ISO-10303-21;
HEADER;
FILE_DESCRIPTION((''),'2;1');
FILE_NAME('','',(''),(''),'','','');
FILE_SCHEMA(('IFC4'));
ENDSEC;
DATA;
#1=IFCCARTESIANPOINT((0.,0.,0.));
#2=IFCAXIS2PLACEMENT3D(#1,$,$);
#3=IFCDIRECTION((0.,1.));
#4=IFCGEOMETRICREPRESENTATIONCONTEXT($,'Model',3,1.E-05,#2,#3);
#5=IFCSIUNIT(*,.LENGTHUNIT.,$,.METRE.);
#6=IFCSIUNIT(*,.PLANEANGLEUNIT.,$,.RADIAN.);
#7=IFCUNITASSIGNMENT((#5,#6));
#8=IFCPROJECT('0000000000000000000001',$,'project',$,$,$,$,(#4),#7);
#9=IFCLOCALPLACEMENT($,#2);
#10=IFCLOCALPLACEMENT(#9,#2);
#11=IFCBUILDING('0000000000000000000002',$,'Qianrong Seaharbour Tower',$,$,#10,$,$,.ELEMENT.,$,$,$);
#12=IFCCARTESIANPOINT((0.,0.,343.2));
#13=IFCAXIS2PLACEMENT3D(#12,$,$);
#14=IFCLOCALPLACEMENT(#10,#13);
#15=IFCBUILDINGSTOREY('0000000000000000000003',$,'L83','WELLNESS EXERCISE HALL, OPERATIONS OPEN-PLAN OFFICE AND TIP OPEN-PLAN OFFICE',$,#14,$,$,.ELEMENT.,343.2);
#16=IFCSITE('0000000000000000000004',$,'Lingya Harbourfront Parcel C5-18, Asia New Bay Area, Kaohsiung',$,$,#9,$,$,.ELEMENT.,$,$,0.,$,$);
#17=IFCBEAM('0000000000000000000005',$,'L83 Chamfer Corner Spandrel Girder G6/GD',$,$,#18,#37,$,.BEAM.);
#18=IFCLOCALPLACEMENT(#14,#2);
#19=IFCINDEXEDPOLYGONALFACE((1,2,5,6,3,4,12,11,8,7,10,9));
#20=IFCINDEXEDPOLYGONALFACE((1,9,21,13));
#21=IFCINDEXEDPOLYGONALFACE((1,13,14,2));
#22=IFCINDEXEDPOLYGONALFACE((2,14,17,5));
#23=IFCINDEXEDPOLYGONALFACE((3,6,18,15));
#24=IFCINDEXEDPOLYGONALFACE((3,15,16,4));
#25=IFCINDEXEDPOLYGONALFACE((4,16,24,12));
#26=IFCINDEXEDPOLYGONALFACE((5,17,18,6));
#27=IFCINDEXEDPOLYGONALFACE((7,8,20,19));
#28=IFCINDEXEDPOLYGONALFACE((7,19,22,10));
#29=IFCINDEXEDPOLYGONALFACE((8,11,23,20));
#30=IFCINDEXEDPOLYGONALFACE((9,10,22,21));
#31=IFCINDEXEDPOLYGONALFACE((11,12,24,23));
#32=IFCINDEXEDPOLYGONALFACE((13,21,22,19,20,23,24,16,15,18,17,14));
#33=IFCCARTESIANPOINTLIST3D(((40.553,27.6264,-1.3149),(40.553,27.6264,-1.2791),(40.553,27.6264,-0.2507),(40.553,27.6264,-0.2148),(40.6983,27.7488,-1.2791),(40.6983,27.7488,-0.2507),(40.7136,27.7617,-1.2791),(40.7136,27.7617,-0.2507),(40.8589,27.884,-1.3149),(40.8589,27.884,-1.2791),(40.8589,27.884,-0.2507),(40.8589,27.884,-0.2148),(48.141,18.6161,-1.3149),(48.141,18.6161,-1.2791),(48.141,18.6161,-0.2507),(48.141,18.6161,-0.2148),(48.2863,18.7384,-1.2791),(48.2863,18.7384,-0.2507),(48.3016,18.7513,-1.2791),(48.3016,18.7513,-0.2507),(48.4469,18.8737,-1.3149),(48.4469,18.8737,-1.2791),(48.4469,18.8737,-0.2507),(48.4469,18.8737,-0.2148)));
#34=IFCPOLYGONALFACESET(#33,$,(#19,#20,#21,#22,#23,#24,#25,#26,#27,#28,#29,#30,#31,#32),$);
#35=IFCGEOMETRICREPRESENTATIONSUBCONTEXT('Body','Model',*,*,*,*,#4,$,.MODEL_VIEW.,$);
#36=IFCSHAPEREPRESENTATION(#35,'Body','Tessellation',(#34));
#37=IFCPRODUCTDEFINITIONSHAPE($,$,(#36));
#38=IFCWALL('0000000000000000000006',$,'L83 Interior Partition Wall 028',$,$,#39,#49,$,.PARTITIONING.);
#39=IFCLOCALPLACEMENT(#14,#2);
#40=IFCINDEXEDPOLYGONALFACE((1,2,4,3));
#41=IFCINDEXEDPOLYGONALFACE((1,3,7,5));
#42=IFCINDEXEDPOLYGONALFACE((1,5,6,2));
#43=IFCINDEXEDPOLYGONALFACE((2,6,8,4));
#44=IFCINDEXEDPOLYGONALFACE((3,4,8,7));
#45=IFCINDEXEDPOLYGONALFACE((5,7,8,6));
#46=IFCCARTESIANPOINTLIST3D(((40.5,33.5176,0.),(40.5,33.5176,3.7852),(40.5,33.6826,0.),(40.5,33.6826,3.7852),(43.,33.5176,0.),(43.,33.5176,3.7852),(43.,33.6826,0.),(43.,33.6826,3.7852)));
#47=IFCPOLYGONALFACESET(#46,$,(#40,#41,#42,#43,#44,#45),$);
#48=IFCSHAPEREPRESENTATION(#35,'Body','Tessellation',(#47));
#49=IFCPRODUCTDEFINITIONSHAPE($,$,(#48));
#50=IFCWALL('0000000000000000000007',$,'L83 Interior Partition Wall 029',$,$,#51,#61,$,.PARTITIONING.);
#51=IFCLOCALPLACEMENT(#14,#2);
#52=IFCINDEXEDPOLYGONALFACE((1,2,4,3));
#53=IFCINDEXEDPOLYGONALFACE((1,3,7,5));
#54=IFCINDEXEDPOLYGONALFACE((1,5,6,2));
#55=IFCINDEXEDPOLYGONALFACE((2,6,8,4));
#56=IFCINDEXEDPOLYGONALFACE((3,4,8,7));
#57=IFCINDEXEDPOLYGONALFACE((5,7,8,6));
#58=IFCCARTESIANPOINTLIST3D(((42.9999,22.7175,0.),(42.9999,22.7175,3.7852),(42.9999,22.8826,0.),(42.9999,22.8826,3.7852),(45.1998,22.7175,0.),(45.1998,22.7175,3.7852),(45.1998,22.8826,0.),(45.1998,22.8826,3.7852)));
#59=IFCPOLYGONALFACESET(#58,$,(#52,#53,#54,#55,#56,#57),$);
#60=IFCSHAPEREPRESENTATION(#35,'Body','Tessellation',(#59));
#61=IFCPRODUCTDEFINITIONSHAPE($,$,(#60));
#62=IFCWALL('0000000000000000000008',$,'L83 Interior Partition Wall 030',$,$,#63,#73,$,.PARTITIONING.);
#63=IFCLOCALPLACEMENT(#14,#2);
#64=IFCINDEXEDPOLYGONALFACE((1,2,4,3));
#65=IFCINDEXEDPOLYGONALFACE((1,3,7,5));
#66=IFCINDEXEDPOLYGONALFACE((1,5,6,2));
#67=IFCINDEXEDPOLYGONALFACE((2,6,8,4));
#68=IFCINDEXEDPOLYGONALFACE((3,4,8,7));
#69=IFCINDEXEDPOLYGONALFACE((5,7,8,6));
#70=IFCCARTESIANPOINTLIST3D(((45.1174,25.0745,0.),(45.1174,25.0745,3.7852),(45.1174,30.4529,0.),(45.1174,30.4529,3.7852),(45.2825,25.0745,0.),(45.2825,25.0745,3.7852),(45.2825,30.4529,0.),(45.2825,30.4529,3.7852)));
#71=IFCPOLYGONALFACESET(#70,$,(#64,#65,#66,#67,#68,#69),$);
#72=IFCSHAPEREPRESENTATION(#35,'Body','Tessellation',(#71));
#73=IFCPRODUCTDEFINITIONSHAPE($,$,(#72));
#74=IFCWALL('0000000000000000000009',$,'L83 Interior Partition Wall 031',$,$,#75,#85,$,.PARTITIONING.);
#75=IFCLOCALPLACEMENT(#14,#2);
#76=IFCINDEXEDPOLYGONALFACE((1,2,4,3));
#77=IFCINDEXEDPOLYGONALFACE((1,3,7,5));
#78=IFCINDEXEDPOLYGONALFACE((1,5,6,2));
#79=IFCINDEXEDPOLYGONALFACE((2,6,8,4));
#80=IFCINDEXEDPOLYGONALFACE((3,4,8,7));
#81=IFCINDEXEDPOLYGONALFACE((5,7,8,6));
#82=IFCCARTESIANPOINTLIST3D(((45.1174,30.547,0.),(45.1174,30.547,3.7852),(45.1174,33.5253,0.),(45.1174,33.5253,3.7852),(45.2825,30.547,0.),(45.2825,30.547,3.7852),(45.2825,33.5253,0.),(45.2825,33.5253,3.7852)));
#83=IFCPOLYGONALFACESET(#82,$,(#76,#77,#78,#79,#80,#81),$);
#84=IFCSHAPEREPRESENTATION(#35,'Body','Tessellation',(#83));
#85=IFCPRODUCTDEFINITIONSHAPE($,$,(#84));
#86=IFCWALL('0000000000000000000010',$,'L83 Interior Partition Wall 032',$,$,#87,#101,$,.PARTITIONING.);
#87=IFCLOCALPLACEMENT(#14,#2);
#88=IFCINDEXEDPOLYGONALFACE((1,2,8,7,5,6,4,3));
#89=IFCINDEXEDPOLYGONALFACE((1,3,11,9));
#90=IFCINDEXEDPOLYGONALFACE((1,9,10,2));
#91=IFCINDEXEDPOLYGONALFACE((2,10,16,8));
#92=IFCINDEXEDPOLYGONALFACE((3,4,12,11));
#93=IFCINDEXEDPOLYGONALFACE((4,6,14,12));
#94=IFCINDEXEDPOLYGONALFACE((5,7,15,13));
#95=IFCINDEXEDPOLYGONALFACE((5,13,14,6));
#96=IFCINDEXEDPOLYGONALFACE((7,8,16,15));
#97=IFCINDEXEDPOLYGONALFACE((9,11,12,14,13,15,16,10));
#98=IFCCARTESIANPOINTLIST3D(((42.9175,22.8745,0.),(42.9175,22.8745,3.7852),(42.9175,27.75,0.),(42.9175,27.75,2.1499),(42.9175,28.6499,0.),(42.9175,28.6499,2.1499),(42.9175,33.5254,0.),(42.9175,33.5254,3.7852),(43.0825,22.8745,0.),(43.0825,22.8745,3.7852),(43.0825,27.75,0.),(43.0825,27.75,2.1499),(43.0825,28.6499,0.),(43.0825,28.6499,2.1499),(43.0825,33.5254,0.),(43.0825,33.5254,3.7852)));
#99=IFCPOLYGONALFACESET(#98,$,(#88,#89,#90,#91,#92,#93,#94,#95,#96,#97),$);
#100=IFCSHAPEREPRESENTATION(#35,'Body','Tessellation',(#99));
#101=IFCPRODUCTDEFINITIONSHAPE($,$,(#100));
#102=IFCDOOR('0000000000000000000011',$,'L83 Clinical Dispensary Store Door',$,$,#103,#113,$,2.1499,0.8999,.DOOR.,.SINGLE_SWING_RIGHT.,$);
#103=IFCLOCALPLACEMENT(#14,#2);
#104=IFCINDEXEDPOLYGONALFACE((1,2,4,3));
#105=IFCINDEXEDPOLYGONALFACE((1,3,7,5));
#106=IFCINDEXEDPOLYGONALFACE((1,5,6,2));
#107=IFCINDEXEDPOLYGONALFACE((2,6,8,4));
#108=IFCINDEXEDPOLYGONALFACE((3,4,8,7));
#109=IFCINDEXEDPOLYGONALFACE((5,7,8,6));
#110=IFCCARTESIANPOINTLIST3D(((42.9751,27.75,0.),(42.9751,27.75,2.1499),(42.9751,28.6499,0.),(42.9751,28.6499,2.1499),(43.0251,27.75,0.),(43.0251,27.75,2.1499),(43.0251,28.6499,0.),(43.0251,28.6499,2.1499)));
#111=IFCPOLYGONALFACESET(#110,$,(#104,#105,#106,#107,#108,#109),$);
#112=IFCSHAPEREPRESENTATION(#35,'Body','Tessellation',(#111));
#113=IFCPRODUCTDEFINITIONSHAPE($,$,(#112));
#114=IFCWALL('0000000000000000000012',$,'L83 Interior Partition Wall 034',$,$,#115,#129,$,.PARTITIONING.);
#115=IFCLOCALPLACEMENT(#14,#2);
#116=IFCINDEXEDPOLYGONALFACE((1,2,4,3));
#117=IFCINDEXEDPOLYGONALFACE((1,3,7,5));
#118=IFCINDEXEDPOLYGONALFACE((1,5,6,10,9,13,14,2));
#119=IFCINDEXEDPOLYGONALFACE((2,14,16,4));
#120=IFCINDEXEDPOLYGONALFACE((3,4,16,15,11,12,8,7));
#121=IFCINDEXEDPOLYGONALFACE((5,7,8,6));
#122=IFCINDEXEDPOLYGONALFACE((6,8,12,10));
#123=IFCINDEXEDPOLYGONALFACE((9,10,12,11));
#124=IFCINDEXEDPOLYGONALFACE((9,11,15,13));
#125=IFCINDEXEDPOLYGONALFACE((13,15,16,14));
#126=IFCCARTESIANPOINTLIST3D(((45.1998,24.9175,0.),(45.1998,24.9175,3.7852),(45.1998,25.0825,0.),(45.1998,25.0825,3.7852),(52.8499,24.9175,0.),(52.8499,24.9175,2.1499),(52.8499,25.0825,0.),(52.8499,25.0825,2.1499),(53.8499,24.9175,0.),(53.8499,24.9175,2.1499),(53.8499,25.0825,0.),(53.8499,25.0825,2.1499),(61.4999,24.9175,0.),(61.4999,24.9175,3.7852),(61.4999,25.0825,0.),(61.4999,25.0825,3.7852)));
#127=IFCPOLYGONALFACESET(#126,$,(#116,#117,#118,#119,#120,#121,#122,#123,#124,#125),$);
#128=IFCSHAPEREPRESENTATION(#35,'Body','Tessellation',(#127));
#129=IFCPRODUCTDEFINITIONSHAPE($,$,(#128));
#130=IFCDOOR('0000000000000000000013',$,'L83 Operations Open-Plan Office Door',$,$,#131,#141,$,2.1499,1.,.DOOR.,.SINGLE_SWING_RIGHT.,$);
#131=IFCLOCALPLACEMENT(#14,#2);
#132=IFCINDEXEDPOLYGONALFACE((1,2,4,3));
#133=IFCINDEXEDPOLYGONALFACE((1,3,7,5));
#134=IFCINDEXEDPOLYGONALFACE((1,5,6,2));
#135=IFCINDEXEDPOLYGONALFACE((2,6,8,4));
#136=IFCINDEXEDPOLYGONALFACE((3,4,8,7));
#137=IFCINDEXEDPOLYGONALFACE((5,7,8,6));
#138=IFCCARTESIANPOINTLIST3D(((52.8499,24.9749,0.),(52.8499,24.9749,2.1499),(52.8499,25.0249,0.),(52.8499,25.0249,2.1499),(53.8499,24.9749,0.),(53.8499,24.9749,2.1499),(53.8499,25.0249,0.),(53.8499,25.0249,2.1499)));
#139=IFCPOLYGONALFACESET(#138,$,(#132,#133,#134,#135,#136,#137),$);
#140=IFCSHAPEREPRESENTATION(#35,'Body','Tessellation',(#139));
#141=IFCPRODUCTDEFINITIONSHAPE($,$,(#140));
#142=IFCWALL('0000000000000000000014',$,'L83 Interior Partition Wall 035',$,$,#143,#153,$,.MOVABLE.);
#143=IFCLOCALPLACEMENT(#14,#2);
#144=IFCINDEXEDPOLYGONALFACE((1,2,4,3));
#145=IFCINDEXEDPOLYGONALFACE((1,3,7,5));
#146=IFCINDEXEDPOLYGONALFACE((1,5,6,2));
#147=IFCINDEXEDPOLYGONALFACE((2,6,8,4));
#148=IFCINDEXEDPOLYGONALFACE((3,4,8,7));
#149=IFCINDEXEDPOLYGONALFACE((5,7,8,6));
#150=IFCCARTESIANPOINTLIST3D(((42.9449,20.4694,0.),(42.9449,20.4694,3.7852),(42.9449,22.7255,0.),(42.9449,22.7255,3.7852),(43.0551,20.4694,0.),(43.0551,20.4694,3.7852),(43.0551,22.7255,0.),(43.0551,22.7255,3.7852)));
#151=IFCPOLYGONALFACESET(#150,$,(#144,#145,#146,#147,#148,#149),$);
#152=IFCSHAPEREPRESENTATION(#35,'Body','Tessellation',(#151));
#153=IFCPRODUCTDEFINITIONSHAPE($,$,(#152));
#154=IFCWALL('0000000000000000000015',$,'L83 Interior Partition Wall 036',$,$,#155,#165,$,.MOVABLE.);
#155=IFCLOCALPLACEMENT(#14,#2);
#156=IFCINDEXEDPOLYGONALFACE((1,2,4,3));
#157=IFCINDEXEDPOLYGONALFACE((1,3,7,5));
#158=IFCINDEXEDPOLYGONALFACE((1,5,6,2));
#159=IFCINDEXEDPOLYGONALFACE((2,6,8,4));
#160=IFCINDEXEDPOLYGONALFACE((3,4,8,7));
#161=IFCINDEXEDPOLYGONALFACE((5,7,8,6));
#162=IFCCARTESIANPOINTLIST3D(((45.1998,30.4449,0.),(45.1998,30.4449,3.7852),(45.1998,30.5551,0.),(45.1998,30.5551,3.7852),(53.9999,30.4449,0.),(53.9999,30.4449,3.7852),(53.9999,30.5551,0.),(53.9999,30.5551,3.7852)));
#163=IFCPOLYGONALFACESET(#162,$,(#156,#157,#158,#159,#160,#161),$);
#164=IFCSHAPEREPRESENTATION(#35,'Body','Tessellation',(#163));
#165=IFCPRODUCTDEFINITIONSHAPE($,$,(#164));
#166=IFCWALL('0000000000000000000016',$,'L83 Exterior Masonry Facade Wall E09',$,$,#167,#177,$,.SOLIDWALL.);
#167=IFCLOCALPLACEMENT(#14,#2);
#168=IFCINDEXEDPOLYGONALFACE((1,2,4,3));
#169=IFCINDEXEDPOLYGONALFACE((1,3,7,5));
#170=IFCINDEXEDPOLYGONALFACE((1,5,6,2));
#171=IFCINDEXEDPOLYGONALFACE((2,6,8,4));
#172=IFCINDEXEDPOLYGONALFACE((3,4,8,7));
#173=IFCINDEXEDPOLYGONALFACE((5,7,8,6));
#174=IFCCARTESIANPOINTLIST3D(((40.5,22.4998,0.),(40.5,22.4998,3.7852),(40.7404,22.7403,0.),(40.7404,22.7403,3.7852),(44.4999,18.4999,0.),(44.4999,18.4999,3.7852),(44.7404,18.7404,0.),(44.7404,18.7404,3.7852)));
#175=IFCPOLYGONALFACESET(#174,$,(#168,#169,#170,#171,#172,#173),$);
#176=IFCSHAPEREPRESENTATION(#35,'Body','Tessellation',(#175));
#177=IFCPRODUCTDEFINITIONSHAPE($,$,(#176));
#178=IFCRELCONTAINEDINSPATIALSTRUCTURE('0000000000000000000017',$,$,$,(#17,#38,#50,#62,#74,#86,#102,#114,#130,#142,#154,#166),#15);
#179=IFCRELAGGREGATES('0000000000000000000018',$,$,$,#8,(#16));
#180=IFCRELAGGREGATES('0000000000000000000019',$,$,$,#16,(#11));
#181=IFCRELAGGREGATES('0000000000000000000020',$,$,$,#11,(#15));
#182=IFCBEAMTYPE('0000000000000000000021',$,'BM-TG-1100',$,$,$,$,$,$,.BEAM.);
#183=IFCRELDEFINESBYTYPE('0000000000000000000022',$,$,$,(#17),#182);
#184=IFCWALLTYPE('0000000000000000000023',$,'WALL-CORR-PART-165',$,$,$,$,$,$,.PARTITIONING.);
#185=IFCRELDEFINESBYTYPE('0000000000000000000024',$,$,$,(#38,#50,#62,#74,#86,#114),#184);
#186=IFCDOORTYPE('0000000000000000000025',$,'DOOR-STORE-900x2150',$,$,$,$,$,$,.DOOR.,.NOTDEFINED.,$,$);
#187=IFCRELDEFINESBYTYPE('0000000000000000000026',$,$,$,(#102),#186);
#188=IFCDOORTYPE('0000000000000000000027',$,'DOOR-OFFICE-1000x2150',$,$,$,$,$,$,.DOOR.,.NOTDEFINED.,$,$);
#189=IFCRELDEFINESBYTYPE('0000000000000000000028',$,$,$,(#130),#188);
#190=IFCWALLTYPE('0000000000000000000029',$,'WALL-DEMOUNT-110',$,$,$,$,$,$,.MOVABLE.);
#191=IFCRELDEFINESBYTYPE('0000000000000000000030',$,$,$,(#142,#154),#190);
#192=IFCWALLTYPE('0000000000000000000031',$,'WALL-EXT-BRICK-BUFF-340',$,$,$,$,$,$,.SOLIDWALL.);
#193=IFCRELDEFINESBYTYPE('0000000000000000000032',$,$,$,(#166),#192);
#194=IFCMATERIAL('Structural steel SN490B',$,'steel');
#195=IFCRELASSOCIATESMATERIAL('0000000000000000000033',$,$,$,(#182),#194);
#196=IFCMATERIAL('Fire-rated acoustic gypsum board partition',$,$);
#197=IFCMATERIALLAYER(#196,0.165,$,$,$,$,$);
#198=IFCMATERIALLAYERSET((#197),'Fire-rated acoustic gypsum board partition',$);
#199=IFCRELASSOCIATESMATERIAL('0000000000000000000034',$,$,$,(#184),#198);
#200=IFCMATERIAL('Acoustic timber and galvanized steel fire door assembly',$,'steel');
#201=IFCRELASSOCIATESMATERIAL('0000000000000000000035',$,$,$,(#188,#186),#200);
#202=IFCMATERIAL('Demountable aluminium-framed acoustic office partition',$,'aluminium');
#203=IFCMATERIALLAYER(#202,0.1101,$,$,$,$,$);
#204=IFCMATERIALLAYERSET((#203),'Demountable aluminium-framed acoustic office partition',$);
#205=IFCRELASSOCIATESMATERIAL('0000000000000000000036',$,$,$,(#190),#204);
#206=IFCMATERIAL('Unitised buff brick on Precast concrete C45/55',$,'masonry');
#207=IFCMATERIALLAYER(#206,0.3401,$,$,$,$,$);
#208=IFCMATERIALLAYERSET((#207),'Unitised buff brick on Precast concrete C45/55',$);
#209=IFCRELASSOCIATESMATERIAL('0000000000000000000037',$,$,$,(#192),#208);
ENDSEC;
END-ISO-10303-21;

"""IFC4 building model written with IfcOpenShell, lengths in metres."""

from ifc_helpers import new_model, si_unit, direction, frame, frame_2d, origin, origin_2d, place, context, subcontext, project, spatial, rectangle, i_section, extrude, material, layer, layer_set, material_profile, profile_set, type_object, element, fill, save


model = new_model("IFC4")

# Units and contexts
model_context = context("Model", 3, precision=1e-05, world=origin(), true_north=direction((0.0, 1.0)))
body_context = subcontext(model_context, "Body", "Model", "MODEL_VIEW")
ifc_project = project(units=[si_unit("LENGTHUNIT", "METRE"), si_unit("PLANEANGLEUNIT", "RADIAN")], contexts=[model_context])

# Site, building, storey
site_placement = place(None, origin())
site = spatial("IfcSite", under=ifc_project, at=site_placement, Name="Lingya Harbourfront Parcel C5-18, Asia New Bay Area, Kaohsiung", CompositionType="ELEMENT", RefElevation=0.0)
building_placement = place(site_placement, origin())
building = spatial("IfcBuilding", under=site, at=building_placement, Name="Qianrong Seaharbour Tower", CompositionType="ELEMENT")
storey_placement = place(building_placement, frame((0.0, 0.0, 343.2)))
storey = spatial("IfcBuildingStorey", under=building, at=storey_placement, Name="L83", Description="WELLNESS EXERCISE HALL, OPERATIONS OPEN-PLAN OFFICE AND TIP OPEN-PLAN OFFICE", CompositionType="ELEMENT", Elevation=343.2)

# Beam
ifc_material_1 = material(Name="Structural steel SN490B", Category="steel")
ifc_material_profile_1 = material_profile(ifc_material_1, i_section(OverallWidth=0.3999, OverallDepth=1.1001, WebThickness=0.02, FlangeThickness=0.0359, at=origin_2d()), Name="BH1100x400x20x36")
ifc_profile_set_1 = profile_set([ifc_material_profile_1], Name="Structural steel SN490B")
beam_type_1 = type_object("IfcBeamType", Name="BM-TG-1100", PredefinedType="BEAM", material=ifc_profile_set_1)
beam_1_placement = place(storey_placement, frame((48.2939, 18.7449, -0.7649), z_axis=(-0.644151, 0.764898, 0.0), x_axis=(-0.764898, -0.644151, 0.0)))
element("IfcBeam", 1, at=beam_1_placement, inside=storey, type_object=beam_type_1, Name="L83 Chamfer Corner Spandrel Girder G6/GD", PredefinedType="BEAM", context=body_context, shape_type="SweptSolid", body=[
    extrude(i_section(OverallWidth=0.3999, OverallDepth=1.1001, WebThickness=0.02, FlangeThickness=0.0359, at=origin_2d()), origin(), (0.0, 0.0, 1.0), 11.7798),
])

# Shared definitions
ifc_material_2 = material(Name="Fire-rated acoustic gypsum board partition")
ifc_layer_1 = layer(ifc_material_2, 0.165)
ifc_layer_set_1 = layer_set([ifc_layer_1], Name="Fire-rated acoustic gypsum board partition")
wall_type_1 = type_object("IfcWallType", Name="WALL-CORR-PART-165", PredefinedType="PARTITIONING", material=ifc_layer_set_1)
ifc_material_3 = material(Name="Acoustic timber and galvanized steel fire door assembly", Category="steel")
door_type_1 = type_object("IfcDoorType", Name="DOOR-OFFICE-1000x2150", OperationType="NOTDEFINED", PredefinedType="DOOR", material=ifc_material_3)

# Walls
wall_1_placement = place(storey_placement, frame((43.0, 33.6001, 0.0), z_axis=(0.0, 0.0, 1.0), x_axis=(-1.0, 0.0, 0.0)))
element("IfcWall", 2, at=wall_1_placement, inside=storey, type_object=wall_type_1, Name="L83 Interior Partition Wall 028", PredefinedType="PARTITIONING", context=body_context, shape_type="SweptSolid", body=[
    extrude(rectangle(XDim=2.5, YDim=0.165, at=frame_2d((1.25, 0.0))), origin(), (0.0, 0.0, 1.0), 3.7852),
])
wall_2_placement = place(storey_placement, frame((45.2, 22.8, 0.0), z_axis=(0.0, 0.0, 1.0), x_axis=(-1.0, 0.0, 0.0)))
element("IfcWall", 3, at=wall_2_placement, inside=storey, type_object=wall_type_1, Name="L83 Interior Partition Wall 029", PredefinedType="PARTITIONING", context=body_context, shape_type="SweptSolid", body=[
    extrude(rectangle(XDim=2.2, YDim=0.165, at=frame_2d((1.1001, 0.0))), origin(), (0.0, 0.0, 1.0), 3.7852),
])
wall_3_placement = place(storey_placement, frame((45.2, 30.4529, 0.0), z_axis=(0.0, 0.0, 1.0), x_axis=(0.0, -1.0, 0.0)))
element("IfcWall", 4, at=wall_3_placement, inside=storey, type_object=wall_type_1, Name="L83 Interior Partition Wall 030", PredefinedType="PARTITIONING", context=body_context, shape_type="SweptSolid", body=[
    extrude(rectangle(XDim=5.3784, YDim=0.165, at=frame_2d((2.6892, 0.0))), origin(), (0.0, 0.0, 1.0), 3.7852),
])
wall_4_placement = place(storey_placement, frame((45.2, 33.5254, 0.0), z_axis=(0.0, 0.0, 1.0), x_axis=(0.0, -1.0, 0.0)))
element("IfcWall", 5, at=wall_4_placement, inside=storey, type_object=wall_type_1, Name="L83 Interior Partition Wall 031", PredefinedType="PARTITIONING", context=body_context, shape_type="SweptSolid", body=[
    extrude(rectangle(XDim=2.9783, YDim=0.165, at=frame_2d((1.4893, 0.0))), origin(), (0.0, 0.0, 1.0), 3.7852),
])

# Walls, openings, doors
wall_5_placement = place(storey_placement, frame((43.0, 22.8745, 0.0), z_axis=(0.0, 0.0, 1.0), x_axis=(0.0, 1.0, 0.0)))
wall_5 = element("IfcWall", 6, at=wall_5_placement, inside=storey, type_object=wall_type_1, Name="L83 Interior Partition Wall 032", PredefinedType="PARTITIONING", context=body_context, shape_type="SweptSolid", body=[
    extrude(rectangle(XDim=10.6509, YDim=0.165, at=frame_2d((5.3254, 0.0))), origin(), (0.0, 0.0, 1.0), 3.7852),
])
opening_1_placement = place(wall_5_placement, frame((4.8755, 0.0, 0.0)))
opening_1 = element("IfcOpeningElement", 7, at=opening_1_placement, cuts=wall_5, PredefinedType="OPENING", context=body_context, shape_type="SweptSolid", body=[
    extrude(rectangle(XDim=0.8999, YDim=2.1499, at=frame_2d((0.45, 1.075))), frame((0.0, 0.0925, 0.0), z_axis=(0.0, -1.0, 0.0), x_axis=(1.0, 0.0, 0.0)), (0.0, 0.0, 1.0), 0.1851),
])
door_type_2 = type_object("IfcDoorType", Name="DOOR-STORE-900x2150", OperationType="NOTDEFINED", PredefinedType="DOOR", material=ifc_material_3)
door_1_placement = place(opening_1_placement, origin())
door_1 = element("IfcDoor", 8, at=door_1_placement, inside=storey, type_object=door_type_2, Name="L83 Clinical Dispensary Store Door", OperationType="SINGLE_SWING_RIGHT", OverallHeight=2.1499, OverallWidth=0.8999, PredefinedType="DOOR", context=body_context, shape_type="SweptSolid", body=[
    extrude(rectangle(XDim=0.8999, YDim=2.1499, at=frame_2d((0.45, 1.075))), frame((0.0, 0.0249, 0.0), z_axis=(0.0, -1.0, 0.0), x_axis=(1.0, 0.0, 0.0)), (0.0, 0.0, 1.0), 0.05),
])
fill(opening_1, door_1)
wall_6_placement = place(storey_placement, frame((45.2, 25.0, 0.0), z_axis=(0.0, 0.0, 1.0), x_axis=(1.0, 0.0, 0.0)))
wall_6 = element("IfcWall", 9, at=wall_6_placement, inside=storey, type_object=wall_type_1, Name="L83 Interior Partition Wall 034", PredefinedType="PARTITIONING", context=body_context, shape_type="SweptSolid", body=[
    extrude(rectangle(XDim=16.3, YDim=0.165, at=frame_2d((8.1499, 0.0))), origin(), (0.0, 0.0, 1.0), 3.7852),
])
opening_2_placement = place(wall_6_placement, frame((7.6499, 0.0, 0.0)))
opening_2 = element("IfcOpeningElement", 10, at=opening_2_placement, cuts=wall_6, PredefinedType="OPENING", context=body_context, shape_type="SweptSolid", body=[
    extrude(rectangle(XDim=1.0, YDim=2.1499, at=frame_2d((0.5, 1.075))), frame((0.0, 0.0925, 0.0), z_axis=(0.0, -1.0, 0.0), x_axis=(1.0, 0.0, 0.0)), (0.0, 0.0, 1.0), 0.1851),
])
door_2_placement = place(opening_2_placement, origin())
door_2 = element("IfcDoor", 11, at=door_2_placement, inside=storey, type_object=door_type_1, Name="L83 Operations Open-Plan Office Door", OperationType="SINGLE_SWING_RIGHT", OverallHeight=2.1499, OverallWidth=1.0, PredefinedType="DOOR", context=body_context, shape_type="SweptSolid", body=[
    extrude(rectangle(XDim=1.0, YDim=2.1499, at=frame_2d((0.5, 1.075))), frame((0.0, 0.0249, 0.0), z_axis=(0.0, -1.0, 0.0), x_axis=(1.0, 0.0, 0.0)), (0.0, 0.0, 1.0), 0.05),
])
fill(opening_2, door_2)

# Walls
ifc_material_4 = material(Name="Demountable aluminium-framed acoustic office partition", Category="aluminium")
ifc_layer_2 = layer(ifc_material_4, 0.1101)
ifc_layer_set_2 = layer_set([ifc_layer_2], Name="Demountable aluminium-framed acoustic office partition")
wall_type_2 = type_object("IfcWallType", Name="WALL-DEMOUNT-110", PredefinedType="MOVABLE", material=ifc_layer_set_2)
wall_7_placement = place(storey_placement, frame((43.0, 20.4695, 0.0), z_axis=(0.0, 0.0, 1.0), x_axis=(0.0, 1.0, 0.0)))
element("IfcWall", 12, at=wall_7_placement, inside=storey, type_object=wall_type_2, Name="L83 Interior Partition Wall 035", PredefinedType="MOVABLE", context=body_context, shape_type="SweptSolid", body=[
    extrude(rectangle(XDim=2.2561, YDim=0.1101, at=frame_2d((1.1279, 0.0))), origin(), (0.0, 0.0, 1.0), 3.7852),
])
wall_8_placement = place(storey_placement, frame((45.2, 30.5, 0.0), z_axis=(0.0, 0.0, 1.0), x_axis=(1.0, 0.0, 0.0)))
element("IfcWall", 13, at=wall_8_placement, inside=storey, type_object=wall_type_2, Name="L83 Interior Partition Wall 036", PredefinedType="MOVABLE", context=body_context, shape_type="SweptSolid", body=[
    extrude(rectangle(XDim=8.8, YDim=0.1101, at=frame_2d((4.3999, 0.0))), origin(), (0.0, 0.0, 1.0), 3.7852),
])
ifc_material_5 = material(Name="Unitised buff brick on Precast concrete C45/55", Category="masonry")
ifc_layer_3 = layer(ifc_material_5, 0.3401)
ifc_layer_set_3 = layer_set([ifc_layer_3], Name="Unitised buff brick on Precast concrete C45/55")
wall_type_3 = type_object("IfcWallType", Name="WALL-EXT-BRICK-BUFF-340", PredefinedType="SOLIDWALL", material=ifc_layer_set_3)
wall_9_placement = place(storey_placement, frame((44.6201, 18.6201, 0.0), z_axis=(0.0, 0.0, 1.0), x_axis=(-0.707107, 0.707107, 0.0)))
element("IfcWall", 14, at=wall_9_placement, inside=storey, type_object=wall_type_3, Name="L83 Exterior Masonry Facade Wall E09", PredefinedType="SOLIDWALL", context=body_context, shape_type="SweptSolid", body=[
    extrude(rectangle(XDim=5.6567, YDim=0.3401, at=frame_2d((2.8284, 0.0))), origin(), (0.0, 0.0, 1.0), 3.7852),
])

save(model, "model.ifc")
